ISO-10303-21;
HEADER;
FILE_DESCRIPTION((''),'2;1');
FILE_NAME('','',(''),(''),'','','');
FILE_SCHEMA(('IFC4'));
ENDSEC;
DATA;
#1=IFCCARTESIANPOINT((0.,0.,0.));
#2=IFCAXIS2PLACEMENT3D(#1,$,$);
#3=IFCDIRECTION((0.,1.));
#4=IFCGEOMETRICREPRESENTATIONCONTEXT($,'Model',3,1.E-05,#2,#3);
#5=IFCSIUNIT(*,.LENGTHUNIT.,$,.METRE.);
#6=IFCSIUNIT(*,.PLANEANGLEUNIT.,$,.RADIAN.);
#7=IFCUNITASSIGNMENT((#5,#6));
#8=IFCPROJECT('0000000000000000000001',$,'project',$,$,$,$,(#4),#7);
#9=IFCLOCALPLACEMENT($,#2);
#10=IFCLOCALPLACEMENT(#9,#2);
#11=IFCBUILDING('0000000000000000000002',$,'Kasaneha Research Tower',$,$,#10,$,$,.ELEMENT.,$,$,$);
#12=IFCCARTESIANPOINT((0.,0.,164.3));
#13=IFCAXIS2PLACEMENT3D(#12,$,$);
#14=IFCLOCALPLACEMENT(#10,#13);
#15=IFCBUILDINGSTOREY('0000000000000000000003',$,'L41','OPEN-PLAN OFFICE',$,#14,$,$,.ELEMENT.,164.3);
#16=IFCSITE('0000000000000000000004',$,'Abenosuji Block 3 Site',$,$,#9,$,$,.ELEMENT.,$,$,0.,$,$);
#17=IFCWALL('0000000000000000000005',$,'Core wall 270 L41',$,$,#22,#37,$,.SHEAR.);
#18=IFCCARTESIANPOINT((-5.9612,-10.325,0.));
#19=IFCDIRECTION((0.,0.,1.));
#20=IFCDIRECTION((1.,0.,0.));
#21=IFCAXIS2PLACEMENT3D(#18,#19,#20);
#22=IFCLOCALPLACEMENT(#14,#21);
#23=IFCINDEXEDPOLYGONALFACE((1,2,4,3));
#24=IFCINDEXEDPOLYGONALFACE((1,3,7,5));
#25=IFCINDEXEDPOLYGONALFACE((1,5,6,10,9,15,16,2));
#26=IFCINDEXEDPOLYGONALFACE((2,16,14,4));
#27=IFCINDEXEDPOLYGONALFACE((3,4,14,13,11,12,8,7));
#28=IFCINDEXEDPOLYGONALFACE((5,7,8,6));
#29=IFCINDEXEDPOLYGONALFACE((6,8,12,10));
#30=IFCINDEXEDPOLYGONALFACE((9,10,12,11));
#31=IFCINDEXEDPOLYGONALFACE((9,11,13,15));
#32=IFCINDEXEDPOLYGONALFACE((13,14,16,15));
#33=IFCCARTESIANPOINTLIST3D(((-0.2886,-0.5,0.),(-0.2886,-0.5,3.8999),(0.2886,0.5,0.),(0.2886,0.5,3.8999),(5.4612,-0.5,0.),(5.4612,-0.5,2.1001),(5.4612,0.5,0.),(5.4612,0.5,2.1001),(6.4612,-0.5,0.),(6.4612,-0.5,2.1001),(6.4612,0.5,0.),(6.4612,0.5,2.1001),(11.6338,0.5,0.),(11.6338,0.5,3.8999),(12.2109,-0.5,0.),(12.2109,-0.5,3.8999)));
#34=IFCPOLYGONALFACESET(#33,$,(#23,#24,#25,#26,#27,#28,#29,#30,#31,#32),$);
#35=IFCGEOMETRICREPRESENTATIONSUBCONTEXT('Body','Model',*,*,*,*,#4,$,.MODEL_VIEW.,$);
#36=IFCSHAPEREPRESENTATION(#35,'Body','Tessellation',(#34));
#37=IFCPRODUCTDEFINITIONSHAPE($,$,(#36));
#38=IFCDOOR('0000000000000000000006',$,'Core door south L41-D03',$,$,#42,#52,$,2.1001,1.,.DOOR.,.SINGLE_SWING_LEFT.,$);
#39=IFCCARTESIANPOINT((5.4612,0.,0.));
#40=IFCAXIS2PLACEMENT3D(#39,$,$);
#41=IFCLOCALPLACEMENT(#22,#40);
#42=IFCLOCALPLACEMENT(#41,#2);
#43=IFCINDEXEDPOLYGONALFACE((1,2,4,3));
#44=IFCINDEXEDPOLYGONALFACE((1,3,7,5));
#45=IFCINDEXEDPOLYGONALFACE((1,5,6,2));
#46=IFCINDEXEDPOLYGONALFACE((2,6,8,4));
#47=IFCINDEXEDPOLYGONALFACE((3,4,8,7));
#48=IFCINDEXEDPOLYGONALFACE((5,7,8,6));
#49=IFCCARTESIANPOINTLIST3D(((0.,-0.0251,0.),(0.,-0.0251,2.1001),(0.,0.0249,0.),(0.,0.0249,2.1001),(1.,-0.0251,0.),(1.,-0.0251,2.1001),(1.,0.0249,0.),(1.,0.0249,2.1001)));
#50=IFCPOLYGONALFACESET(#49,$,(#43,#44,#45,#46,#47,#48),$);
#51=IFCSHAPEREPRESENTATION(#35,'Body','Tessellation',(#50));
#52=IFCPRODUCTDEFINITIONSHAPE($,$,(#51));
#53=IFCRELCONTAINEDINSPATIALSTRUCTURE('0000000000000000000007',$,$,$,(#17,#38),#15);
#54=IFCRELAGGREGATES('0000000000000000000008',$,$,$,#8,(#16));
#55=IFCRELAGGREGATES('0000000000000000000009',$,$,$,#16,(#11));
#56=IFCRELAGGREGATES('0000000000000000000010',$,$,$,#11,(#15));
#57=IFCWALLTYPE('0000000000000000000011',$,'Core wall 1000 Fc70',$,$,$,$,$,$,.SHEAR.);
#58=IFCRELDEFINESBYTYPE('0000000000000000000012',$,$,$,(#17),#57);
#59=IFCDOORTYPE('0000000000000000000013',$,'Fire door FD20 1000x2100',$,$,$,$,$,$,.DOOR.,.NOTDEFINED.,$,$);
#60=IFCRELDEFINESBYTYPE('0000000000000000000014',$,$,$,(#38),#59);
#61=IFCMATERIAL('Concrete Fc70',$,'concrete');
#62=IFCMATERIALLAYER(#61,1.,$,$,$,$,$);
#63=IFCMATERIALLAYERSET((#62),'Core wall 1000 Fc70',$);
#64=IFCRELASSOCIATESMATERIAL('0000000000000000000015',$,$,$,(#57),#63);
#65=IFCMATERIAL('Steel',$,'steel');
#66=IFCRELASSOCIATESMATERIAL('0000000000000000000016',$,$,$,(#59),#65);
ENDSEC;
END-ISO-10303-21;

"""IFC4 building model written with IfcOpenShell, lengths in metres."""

from ifc_helpers import new_model, si_unit, direction, frame, frame_2d, origin, place, context, subcontext, project, spatial, polyline, rectangle, outline, extrude, material, layer, layer_set, type_object, element, fill, save


model = new_model("IFC4")

# Units and contexts
model_context = context("Model", 3, precision=1e-05, world=origin(), true_north=direction((0.0, 1.0)))
body_context = subcontext(model_context, "Body", "Model", "MODEL_VIEW")
ifc_project = project(units=[si_unit("LENGTHUNIT", "METRE"), si_unit("PLANEANGLEUNIT", "RADIAN")], contexts=[model_context])

# Site, building, storey
site_placement = place(None, origin())
site = spatial("IfcSite", under=ifc_project, at=site_placement, Name="Abenosuji Block 3 Site", CompositionType="ELEMENT", RefElevation=0.0)
building_placement = place(site_placement, origin())
building = spatial("IfcBuilding", under=site, at=building_placement, Name="Kasaneha Research Tower", CompositionType="ELEMENT")
storey_placement = place(building_placement, frame((0.0, 0.0, 164.3)))
storey = spatial("IfcBuildingStorey", under=building, at=storey_placement, Name="L41", Description="OPEN-PLAN OFFICE", CompositionType="ELEMENT", Elevation=164.3)

# Wall, opening, door
ifc_material_1 = material(Name="Concrete Fc70", Category="concrete")
ifc_layer_1 = layer(ifc_material_1, 1.0)
ifc_layer_set_1 = layer_set([ifc_layer_1], Name="Core wall 1000 Fc70")
wall_type_1 = type_object("IfcWallType", Name="Core wall 1000 Fc70", PredefinedType="SHEAR", material=ifc_layer_set_1)
wall_1_placement = place(storey_placement, frame((-5.9612, -10.325, 0.0), z_axis=(0.0, 0.0, 1.0), x_axis=(1.0, 0.0, 0.0)))
wall_1 = element("IfcWall", 1, at=wall_1_placement, inside=storey, type_object=wall_type_1, Name="Core wall 270 L41", PredefinedType="SHEAR", context=body_context, shape_type="SweptSolid", body=[
    extrude(outline(polyline([(-0.2886, -0.5), (5.4612, -0.5), (6.4612, -0.5), (12.2109, -0.5), (11.6338, 0.5), (6.4612, 0.5), (5.4612, 0.5), (0.2886, 0.5), (-0.2886, -0.5)])), origin(), (0.0, 0.0, 1.0), 3.8999),
])
opening_1_placement = place(wall_1_placement, frame((5.4612, 0.0, 0.0)))
opening_1 = element("IfcOpeningElement", 2, at=opening_1_placement, cuts=wall_1, PredefinedType="OPENING", context=body_context, shape_type="SweptSolid", body=[
    extrude(rectangle(XDim=1.0, YDim=2.1001, at=frame_2d((0.5, 1.05))), frame((0.0, 0.51, 0.0), z_axis=(0.0, -1.0, 0.0), x_axis=(1.0, 0.0, 0.0)), (0.0, 0.0, 1.0), 1.02),
])
ifc_material_2 = material(Name="Steel", Category="steel")
door_type_1 = type_object("IfcDoorType", Name="Fire door FD20 1000x2100", OperationType="NOTDEFINED", PredefinedType="DOOR", material=ifc_material_2)
door_1_placement = place(opening_1_placement, origin())
door_1 = element("IfcDoor", 3, at=door_1_placement, inside=storey, type_object=door_type_1, Name="Core door south L41-D03", OperationType="SINGLE_SWING_LEFT", OverallHeight=2.1001, OverallWidth=1.0, PredefinedType="DOOR", context=body_context, shape_type="SweptSolid", body=[
    extrude(rectangle(XDim=1.0, YDim=2.1001, at=frame_2d((0.5, 1.05))), frame((0.0, 0.0249, 0.0), z_axis=(0.0, -1.0, 0.0), x_axis=(1.0, 0.0, 0.0)), (0.0, 0.0, 1.0), 0.05),
])
fill(opening_1, door_1)

save(model, "model.ifc")
